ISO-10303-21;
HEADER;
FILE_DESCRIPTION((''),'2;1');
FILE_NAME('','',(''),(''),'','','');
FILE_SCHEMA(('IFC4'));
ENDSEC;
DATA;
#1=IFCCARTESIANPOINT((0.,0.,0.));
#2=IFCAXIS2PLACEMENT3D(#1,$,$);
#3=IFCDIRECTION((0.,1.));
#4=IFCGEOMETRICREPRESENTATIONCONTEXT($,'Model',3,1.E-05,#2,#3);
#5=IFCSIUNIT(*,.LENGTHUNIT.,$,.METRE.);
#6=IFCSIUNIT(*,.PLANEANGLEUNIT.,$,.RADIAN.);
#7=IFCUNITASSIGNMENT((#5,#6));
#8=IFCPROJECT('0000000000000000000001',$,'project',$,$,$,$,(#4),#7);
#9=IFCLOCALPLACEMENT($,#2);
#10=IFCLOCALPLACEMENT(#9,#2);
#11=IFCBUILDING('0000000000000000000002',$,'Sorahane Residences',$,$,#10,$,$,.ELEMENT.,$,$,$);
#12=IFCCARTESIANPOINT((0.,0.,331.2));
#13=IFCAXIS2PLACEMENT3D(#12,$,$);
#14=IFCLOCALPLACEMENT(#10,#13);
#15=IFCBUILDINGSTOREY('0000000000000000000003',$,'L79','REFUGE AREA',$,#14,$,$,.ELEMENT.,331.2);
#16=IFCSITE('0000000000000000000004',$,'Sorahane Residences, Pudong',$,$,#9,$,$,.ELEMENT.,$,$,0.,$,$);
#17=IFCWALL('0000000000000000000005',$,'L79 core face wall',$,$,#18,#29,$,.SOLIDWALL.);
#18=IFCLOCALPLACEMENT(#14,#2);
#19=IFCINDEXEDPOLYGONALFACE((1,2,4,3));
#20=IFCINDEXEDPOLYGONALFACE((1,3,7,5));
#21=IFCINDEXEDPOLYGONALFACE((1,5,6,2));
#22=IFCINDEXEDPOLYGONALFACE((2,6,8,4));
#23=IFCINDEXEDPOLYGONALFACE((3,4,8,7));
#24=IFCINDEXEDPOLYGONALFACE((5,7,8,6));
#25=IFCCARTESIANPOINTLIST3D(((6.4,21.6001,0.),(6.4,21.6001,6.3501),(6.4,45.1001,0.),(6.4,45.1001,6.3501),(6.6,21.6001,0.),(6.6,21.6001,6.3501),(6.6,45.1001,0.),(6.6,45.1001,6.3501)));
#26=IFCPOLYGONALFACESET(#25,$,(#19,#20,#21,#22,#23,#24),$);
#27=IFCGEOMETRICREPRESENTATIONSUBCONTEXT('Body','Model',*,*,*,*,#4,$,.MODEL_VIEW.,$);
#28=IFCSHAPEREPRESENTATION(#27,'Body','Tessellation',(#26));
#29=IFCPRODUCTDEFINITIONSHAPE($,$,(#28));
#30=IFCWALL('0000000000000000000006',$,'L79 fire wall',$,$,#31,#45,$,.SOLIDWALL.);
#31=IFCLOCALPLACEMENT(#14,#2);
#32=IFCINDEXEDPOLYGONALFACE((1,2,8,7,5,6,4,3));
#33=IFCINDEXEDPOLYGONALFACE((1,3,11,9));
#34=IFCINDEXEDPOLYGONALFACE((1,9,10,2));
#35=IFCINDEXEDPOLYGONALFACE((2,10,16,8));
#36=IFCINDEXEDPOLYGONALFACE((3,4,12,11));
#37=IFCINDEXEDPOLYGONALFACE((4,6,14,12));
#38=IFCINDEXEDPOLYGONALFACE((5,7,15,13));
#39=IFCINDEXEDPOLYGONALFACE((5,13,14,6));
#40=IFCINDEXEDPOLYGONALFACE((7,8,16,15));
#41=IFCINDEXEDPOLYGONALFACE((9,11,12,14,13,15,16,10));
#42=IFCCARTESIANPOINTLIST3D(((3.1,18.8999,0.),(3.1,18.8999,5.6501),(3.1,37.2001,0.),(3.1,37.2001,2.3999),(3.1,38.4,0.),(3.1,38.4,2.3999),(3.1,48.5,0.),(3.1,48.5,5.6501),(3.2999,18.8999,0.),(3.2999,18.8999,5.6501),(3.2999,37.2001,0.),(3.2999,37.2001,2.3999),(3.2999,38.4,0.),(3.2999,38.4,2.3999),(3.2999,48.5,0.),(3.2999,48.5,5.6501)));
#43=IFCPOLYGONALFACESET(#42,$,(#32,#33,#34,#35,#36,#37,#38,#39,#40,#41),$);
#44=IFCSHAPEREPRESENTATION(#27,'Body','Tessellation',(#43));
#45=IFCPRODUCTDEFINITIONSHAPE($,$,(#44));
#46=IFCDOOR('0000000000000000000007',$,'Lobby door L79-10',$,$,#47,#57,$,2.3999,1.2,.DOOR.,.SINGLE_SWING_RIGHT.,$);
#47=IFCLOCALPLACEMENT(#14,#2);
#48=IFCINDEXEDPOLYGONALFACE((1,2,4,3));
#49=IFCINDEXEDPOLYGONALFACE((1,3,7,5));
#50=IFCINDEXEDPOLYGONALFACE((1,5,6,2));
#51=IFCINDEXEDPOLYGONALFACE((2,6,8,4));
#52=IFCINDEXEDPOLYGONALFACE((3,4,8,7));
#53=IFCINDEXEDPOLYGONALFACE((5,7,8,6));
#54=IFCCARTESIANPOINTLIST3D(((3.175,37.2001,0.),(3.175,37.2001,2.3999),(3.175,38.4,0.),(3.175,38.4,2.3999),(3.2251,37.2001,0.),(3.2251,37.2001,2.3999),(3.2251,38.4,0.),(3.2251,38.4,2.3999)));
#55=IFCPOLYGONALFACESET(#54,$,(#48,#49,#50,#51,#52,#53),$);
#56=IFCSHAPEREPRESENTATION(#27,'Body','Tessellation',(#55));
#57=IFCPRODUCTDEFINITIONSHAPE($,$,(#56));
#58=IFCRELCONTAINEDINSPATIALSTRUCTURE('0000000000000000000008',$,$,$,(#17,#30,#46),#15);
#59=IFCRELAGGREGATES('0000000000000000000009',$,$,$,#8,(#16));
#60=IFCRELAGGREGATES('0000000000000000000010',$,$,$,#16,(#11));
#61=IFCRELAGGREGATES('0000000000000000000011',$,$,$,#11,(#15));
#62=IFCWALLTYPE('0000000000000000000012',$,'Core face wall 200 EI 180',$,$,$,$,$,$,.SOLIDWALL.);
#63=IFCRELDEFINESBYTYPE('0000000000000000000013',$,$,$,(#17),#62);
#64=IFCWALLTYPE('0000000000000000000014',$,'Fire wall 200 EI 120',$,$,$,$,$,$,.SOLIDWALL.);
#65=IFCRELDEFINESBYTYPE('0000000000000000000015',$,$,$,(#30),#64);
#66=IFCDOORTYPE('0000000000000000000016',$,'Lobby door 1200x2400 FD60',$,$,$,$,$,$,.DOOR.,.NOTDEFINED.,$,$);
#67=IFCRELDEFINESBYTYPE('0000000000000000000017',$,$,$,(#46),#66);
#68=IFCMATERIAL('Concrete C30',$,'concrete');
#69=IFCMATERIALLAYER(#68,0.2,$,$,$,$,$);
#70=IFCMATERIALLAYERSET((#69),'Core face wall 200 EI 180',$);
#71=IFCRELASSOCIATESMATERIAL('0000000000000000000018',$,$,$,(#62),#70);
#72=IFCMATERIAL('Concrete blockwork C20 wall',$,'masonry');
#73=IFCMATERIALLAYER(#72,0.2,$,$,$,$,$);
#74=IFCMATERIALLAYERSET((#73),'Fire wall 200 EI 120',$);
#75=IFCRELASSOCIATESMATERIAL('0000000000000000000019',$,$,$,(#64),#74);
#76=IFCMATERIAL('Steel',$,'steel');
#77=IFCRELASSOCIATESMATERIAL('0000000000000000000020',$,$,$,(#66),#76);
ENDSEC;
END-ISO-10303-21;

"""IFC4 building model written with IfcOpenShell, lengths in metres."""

from ifc_helpers import new_model, si_unit, direction, frame, frame_2d, origin, place, context, subcontext, project, spatial, rectangle, extrude, material, layer, layer_set, type_object, element, fill, save


model = new_model("IFC4")

# Units and contexts
model_context = context("Model", 3, precision=1e-05, world=origin(), true_north=direction((0.0, 1.0)))
body_context = subcontext(model_context, "Body", "Model", "MODEL_VIEW")
ifc_project = project(units=[si_unit("LENGTHUNIT", "METRE"), si_unit("PLANEANGLEUNIT", "RADIAN")], contexts=[model_context])

# Site, building, storey
site_placement = place(None, origin())
site = spatial("IfcSite", under=ifc_project, at=site_placement, Name="Sorahane Residences, Pudong", CompositionType="ELEMENT", RefElevation=0.0)
building_placement = place(site_placement, origin())
building = spatial("IfcBuilding", under=site, at=building_placement, Name="Sorahane Residences", CompositionType="ELEMENT")
storey_placement = place(building_placement, frame((0.0, 0.0, 331.2)))
storey = spatial("IfcBuildingStorey", under=building, at=storey_placement, Name="L79", Description="REFUGE AREA", CompositionType="ELEMENT", Elevation=331.2)

# Wall
ifc_material_1 = material(Name="Concrete C30", Category="concrete")
ifc_layer_1 = layer(ifc_material_1, 0.2)
ifc_layer_set_1 = layer_set([ifc_layer_1], Name="Core face wall 200 EI 180")
wall_type_1 = type_object("IfcWallType", Name="Core face wall 200 EI 180", PredefinedType="SOLIDWALL", material=ifc_layer_set_1)
wall_1_placement = place(storey_placement, frame((6.5, 21.6001, 0.0), z_axis=(0.0, 0.0, 1.0), x_axis=(0.0, 1.0, 0.0)))
element("IfcWall", 1, at=wall_1_placement, inside=storey, type_object=wall_type_1, Name="L79 core face wall", PredefinedType="SOLIDWALL", context=body_context, shape_type="SweptSolid", body=[
    extrude(rectangle(XDim=23.5, YDim=0.2, at=frame_2d((11.75, 0.0))), origin(), (0.0, 0.0, 1.0), 6.3501),
])

# Wall, opening, door
ifc_material_2 = material(Name="Concrete blockwork C20 wall", Category="masonry")
ifc_layer_2 = layer(ifc_material_2, 0.2)
ifc_layer_set_2 = layer_set([ifc_layer_2], Name="Fire wall 200 EI 120")
wall_type_2 = type_object("IfcWallType", Name="Fire wall 200 EI 120", PredefinedType="SOLIDWALL", material=ifc_layer_set_2)
wall_2_placement = place(storey_placement, frame((3.2, 18.8999, 0.0), z_axis=(0.0, 0.0, 1.0), x_axis=(0.0, 1.0, 0.0)))
wall_2 = element("IfcWall", 2, at=wall_2_placement, inside=storey, type_object=wall_type_2, Name="L79 fire wall", PredefinedType="SOLIDWALL", context=body_context, shape_type="SweptSolid", body=[
    extrude(rectangle(XDim=29.6001, YDim=0.2, at=frame_2d((14.8, 0.0))), origin(), (0.0, 0.0, 1.0), 5.6501),
])
opening_1_placement = place(wall_2_placement, frame((18.3, 0.0, 0.0)))
opening_1 = element("IfcOpeningElement", 3, at=opening_1_placement, cuts=wall_2, PredefinedType="OPENING", context=body_context, shape_type="SweptSolid", body=[
    extrude(rectangle(XDim=1.2, YDim=2.3999, at=frame_2d((0.6001, 1.2))), frame((0.0, 0.1099, 0.0), z_axis=(0.0, -1.0, 0.0), x_axis=(1.0, 0.0, 0.0)), (0.0, 0.0, 1.0), 0.22),
])
ifc_material_3 = material(Name="Steel", Category="steel")
door_type_1 = type_object("IfcDoorType", Name="Lobby door 1200x2400 FD60", OperationType="NOTDEFINED", PredefinedType="DOOR", material=ifc_material_3)
door_1_placement = place(opening_1_placement, origin())
door_1 = element("IfcDoor", 4, at=door_1_placement, inside=storey, type_object=door_type_1, Name="Lobby door L79-10", OperationType="SINGLE_SWING_RIGHT", OverallHeight=2.3999, OverallWidth=1.2, PredefinedType="DOOR", context=body_context, shape_type="SweptSolid", body=[
    extrude(rectangle(XDim=1.2, YDim=2.3999, at=frame_2d((0.6001, 1.2))), frame((0.0, 0.0249, 0.0), z_axis=(0.0, -1.0, 0.0), x_axis=(1.0, 0.0, 0.0)), (0.0, 0.0, 1.0), 0.05),
])
fill(opening_1, door_1)

save(model, "model.ifc")
